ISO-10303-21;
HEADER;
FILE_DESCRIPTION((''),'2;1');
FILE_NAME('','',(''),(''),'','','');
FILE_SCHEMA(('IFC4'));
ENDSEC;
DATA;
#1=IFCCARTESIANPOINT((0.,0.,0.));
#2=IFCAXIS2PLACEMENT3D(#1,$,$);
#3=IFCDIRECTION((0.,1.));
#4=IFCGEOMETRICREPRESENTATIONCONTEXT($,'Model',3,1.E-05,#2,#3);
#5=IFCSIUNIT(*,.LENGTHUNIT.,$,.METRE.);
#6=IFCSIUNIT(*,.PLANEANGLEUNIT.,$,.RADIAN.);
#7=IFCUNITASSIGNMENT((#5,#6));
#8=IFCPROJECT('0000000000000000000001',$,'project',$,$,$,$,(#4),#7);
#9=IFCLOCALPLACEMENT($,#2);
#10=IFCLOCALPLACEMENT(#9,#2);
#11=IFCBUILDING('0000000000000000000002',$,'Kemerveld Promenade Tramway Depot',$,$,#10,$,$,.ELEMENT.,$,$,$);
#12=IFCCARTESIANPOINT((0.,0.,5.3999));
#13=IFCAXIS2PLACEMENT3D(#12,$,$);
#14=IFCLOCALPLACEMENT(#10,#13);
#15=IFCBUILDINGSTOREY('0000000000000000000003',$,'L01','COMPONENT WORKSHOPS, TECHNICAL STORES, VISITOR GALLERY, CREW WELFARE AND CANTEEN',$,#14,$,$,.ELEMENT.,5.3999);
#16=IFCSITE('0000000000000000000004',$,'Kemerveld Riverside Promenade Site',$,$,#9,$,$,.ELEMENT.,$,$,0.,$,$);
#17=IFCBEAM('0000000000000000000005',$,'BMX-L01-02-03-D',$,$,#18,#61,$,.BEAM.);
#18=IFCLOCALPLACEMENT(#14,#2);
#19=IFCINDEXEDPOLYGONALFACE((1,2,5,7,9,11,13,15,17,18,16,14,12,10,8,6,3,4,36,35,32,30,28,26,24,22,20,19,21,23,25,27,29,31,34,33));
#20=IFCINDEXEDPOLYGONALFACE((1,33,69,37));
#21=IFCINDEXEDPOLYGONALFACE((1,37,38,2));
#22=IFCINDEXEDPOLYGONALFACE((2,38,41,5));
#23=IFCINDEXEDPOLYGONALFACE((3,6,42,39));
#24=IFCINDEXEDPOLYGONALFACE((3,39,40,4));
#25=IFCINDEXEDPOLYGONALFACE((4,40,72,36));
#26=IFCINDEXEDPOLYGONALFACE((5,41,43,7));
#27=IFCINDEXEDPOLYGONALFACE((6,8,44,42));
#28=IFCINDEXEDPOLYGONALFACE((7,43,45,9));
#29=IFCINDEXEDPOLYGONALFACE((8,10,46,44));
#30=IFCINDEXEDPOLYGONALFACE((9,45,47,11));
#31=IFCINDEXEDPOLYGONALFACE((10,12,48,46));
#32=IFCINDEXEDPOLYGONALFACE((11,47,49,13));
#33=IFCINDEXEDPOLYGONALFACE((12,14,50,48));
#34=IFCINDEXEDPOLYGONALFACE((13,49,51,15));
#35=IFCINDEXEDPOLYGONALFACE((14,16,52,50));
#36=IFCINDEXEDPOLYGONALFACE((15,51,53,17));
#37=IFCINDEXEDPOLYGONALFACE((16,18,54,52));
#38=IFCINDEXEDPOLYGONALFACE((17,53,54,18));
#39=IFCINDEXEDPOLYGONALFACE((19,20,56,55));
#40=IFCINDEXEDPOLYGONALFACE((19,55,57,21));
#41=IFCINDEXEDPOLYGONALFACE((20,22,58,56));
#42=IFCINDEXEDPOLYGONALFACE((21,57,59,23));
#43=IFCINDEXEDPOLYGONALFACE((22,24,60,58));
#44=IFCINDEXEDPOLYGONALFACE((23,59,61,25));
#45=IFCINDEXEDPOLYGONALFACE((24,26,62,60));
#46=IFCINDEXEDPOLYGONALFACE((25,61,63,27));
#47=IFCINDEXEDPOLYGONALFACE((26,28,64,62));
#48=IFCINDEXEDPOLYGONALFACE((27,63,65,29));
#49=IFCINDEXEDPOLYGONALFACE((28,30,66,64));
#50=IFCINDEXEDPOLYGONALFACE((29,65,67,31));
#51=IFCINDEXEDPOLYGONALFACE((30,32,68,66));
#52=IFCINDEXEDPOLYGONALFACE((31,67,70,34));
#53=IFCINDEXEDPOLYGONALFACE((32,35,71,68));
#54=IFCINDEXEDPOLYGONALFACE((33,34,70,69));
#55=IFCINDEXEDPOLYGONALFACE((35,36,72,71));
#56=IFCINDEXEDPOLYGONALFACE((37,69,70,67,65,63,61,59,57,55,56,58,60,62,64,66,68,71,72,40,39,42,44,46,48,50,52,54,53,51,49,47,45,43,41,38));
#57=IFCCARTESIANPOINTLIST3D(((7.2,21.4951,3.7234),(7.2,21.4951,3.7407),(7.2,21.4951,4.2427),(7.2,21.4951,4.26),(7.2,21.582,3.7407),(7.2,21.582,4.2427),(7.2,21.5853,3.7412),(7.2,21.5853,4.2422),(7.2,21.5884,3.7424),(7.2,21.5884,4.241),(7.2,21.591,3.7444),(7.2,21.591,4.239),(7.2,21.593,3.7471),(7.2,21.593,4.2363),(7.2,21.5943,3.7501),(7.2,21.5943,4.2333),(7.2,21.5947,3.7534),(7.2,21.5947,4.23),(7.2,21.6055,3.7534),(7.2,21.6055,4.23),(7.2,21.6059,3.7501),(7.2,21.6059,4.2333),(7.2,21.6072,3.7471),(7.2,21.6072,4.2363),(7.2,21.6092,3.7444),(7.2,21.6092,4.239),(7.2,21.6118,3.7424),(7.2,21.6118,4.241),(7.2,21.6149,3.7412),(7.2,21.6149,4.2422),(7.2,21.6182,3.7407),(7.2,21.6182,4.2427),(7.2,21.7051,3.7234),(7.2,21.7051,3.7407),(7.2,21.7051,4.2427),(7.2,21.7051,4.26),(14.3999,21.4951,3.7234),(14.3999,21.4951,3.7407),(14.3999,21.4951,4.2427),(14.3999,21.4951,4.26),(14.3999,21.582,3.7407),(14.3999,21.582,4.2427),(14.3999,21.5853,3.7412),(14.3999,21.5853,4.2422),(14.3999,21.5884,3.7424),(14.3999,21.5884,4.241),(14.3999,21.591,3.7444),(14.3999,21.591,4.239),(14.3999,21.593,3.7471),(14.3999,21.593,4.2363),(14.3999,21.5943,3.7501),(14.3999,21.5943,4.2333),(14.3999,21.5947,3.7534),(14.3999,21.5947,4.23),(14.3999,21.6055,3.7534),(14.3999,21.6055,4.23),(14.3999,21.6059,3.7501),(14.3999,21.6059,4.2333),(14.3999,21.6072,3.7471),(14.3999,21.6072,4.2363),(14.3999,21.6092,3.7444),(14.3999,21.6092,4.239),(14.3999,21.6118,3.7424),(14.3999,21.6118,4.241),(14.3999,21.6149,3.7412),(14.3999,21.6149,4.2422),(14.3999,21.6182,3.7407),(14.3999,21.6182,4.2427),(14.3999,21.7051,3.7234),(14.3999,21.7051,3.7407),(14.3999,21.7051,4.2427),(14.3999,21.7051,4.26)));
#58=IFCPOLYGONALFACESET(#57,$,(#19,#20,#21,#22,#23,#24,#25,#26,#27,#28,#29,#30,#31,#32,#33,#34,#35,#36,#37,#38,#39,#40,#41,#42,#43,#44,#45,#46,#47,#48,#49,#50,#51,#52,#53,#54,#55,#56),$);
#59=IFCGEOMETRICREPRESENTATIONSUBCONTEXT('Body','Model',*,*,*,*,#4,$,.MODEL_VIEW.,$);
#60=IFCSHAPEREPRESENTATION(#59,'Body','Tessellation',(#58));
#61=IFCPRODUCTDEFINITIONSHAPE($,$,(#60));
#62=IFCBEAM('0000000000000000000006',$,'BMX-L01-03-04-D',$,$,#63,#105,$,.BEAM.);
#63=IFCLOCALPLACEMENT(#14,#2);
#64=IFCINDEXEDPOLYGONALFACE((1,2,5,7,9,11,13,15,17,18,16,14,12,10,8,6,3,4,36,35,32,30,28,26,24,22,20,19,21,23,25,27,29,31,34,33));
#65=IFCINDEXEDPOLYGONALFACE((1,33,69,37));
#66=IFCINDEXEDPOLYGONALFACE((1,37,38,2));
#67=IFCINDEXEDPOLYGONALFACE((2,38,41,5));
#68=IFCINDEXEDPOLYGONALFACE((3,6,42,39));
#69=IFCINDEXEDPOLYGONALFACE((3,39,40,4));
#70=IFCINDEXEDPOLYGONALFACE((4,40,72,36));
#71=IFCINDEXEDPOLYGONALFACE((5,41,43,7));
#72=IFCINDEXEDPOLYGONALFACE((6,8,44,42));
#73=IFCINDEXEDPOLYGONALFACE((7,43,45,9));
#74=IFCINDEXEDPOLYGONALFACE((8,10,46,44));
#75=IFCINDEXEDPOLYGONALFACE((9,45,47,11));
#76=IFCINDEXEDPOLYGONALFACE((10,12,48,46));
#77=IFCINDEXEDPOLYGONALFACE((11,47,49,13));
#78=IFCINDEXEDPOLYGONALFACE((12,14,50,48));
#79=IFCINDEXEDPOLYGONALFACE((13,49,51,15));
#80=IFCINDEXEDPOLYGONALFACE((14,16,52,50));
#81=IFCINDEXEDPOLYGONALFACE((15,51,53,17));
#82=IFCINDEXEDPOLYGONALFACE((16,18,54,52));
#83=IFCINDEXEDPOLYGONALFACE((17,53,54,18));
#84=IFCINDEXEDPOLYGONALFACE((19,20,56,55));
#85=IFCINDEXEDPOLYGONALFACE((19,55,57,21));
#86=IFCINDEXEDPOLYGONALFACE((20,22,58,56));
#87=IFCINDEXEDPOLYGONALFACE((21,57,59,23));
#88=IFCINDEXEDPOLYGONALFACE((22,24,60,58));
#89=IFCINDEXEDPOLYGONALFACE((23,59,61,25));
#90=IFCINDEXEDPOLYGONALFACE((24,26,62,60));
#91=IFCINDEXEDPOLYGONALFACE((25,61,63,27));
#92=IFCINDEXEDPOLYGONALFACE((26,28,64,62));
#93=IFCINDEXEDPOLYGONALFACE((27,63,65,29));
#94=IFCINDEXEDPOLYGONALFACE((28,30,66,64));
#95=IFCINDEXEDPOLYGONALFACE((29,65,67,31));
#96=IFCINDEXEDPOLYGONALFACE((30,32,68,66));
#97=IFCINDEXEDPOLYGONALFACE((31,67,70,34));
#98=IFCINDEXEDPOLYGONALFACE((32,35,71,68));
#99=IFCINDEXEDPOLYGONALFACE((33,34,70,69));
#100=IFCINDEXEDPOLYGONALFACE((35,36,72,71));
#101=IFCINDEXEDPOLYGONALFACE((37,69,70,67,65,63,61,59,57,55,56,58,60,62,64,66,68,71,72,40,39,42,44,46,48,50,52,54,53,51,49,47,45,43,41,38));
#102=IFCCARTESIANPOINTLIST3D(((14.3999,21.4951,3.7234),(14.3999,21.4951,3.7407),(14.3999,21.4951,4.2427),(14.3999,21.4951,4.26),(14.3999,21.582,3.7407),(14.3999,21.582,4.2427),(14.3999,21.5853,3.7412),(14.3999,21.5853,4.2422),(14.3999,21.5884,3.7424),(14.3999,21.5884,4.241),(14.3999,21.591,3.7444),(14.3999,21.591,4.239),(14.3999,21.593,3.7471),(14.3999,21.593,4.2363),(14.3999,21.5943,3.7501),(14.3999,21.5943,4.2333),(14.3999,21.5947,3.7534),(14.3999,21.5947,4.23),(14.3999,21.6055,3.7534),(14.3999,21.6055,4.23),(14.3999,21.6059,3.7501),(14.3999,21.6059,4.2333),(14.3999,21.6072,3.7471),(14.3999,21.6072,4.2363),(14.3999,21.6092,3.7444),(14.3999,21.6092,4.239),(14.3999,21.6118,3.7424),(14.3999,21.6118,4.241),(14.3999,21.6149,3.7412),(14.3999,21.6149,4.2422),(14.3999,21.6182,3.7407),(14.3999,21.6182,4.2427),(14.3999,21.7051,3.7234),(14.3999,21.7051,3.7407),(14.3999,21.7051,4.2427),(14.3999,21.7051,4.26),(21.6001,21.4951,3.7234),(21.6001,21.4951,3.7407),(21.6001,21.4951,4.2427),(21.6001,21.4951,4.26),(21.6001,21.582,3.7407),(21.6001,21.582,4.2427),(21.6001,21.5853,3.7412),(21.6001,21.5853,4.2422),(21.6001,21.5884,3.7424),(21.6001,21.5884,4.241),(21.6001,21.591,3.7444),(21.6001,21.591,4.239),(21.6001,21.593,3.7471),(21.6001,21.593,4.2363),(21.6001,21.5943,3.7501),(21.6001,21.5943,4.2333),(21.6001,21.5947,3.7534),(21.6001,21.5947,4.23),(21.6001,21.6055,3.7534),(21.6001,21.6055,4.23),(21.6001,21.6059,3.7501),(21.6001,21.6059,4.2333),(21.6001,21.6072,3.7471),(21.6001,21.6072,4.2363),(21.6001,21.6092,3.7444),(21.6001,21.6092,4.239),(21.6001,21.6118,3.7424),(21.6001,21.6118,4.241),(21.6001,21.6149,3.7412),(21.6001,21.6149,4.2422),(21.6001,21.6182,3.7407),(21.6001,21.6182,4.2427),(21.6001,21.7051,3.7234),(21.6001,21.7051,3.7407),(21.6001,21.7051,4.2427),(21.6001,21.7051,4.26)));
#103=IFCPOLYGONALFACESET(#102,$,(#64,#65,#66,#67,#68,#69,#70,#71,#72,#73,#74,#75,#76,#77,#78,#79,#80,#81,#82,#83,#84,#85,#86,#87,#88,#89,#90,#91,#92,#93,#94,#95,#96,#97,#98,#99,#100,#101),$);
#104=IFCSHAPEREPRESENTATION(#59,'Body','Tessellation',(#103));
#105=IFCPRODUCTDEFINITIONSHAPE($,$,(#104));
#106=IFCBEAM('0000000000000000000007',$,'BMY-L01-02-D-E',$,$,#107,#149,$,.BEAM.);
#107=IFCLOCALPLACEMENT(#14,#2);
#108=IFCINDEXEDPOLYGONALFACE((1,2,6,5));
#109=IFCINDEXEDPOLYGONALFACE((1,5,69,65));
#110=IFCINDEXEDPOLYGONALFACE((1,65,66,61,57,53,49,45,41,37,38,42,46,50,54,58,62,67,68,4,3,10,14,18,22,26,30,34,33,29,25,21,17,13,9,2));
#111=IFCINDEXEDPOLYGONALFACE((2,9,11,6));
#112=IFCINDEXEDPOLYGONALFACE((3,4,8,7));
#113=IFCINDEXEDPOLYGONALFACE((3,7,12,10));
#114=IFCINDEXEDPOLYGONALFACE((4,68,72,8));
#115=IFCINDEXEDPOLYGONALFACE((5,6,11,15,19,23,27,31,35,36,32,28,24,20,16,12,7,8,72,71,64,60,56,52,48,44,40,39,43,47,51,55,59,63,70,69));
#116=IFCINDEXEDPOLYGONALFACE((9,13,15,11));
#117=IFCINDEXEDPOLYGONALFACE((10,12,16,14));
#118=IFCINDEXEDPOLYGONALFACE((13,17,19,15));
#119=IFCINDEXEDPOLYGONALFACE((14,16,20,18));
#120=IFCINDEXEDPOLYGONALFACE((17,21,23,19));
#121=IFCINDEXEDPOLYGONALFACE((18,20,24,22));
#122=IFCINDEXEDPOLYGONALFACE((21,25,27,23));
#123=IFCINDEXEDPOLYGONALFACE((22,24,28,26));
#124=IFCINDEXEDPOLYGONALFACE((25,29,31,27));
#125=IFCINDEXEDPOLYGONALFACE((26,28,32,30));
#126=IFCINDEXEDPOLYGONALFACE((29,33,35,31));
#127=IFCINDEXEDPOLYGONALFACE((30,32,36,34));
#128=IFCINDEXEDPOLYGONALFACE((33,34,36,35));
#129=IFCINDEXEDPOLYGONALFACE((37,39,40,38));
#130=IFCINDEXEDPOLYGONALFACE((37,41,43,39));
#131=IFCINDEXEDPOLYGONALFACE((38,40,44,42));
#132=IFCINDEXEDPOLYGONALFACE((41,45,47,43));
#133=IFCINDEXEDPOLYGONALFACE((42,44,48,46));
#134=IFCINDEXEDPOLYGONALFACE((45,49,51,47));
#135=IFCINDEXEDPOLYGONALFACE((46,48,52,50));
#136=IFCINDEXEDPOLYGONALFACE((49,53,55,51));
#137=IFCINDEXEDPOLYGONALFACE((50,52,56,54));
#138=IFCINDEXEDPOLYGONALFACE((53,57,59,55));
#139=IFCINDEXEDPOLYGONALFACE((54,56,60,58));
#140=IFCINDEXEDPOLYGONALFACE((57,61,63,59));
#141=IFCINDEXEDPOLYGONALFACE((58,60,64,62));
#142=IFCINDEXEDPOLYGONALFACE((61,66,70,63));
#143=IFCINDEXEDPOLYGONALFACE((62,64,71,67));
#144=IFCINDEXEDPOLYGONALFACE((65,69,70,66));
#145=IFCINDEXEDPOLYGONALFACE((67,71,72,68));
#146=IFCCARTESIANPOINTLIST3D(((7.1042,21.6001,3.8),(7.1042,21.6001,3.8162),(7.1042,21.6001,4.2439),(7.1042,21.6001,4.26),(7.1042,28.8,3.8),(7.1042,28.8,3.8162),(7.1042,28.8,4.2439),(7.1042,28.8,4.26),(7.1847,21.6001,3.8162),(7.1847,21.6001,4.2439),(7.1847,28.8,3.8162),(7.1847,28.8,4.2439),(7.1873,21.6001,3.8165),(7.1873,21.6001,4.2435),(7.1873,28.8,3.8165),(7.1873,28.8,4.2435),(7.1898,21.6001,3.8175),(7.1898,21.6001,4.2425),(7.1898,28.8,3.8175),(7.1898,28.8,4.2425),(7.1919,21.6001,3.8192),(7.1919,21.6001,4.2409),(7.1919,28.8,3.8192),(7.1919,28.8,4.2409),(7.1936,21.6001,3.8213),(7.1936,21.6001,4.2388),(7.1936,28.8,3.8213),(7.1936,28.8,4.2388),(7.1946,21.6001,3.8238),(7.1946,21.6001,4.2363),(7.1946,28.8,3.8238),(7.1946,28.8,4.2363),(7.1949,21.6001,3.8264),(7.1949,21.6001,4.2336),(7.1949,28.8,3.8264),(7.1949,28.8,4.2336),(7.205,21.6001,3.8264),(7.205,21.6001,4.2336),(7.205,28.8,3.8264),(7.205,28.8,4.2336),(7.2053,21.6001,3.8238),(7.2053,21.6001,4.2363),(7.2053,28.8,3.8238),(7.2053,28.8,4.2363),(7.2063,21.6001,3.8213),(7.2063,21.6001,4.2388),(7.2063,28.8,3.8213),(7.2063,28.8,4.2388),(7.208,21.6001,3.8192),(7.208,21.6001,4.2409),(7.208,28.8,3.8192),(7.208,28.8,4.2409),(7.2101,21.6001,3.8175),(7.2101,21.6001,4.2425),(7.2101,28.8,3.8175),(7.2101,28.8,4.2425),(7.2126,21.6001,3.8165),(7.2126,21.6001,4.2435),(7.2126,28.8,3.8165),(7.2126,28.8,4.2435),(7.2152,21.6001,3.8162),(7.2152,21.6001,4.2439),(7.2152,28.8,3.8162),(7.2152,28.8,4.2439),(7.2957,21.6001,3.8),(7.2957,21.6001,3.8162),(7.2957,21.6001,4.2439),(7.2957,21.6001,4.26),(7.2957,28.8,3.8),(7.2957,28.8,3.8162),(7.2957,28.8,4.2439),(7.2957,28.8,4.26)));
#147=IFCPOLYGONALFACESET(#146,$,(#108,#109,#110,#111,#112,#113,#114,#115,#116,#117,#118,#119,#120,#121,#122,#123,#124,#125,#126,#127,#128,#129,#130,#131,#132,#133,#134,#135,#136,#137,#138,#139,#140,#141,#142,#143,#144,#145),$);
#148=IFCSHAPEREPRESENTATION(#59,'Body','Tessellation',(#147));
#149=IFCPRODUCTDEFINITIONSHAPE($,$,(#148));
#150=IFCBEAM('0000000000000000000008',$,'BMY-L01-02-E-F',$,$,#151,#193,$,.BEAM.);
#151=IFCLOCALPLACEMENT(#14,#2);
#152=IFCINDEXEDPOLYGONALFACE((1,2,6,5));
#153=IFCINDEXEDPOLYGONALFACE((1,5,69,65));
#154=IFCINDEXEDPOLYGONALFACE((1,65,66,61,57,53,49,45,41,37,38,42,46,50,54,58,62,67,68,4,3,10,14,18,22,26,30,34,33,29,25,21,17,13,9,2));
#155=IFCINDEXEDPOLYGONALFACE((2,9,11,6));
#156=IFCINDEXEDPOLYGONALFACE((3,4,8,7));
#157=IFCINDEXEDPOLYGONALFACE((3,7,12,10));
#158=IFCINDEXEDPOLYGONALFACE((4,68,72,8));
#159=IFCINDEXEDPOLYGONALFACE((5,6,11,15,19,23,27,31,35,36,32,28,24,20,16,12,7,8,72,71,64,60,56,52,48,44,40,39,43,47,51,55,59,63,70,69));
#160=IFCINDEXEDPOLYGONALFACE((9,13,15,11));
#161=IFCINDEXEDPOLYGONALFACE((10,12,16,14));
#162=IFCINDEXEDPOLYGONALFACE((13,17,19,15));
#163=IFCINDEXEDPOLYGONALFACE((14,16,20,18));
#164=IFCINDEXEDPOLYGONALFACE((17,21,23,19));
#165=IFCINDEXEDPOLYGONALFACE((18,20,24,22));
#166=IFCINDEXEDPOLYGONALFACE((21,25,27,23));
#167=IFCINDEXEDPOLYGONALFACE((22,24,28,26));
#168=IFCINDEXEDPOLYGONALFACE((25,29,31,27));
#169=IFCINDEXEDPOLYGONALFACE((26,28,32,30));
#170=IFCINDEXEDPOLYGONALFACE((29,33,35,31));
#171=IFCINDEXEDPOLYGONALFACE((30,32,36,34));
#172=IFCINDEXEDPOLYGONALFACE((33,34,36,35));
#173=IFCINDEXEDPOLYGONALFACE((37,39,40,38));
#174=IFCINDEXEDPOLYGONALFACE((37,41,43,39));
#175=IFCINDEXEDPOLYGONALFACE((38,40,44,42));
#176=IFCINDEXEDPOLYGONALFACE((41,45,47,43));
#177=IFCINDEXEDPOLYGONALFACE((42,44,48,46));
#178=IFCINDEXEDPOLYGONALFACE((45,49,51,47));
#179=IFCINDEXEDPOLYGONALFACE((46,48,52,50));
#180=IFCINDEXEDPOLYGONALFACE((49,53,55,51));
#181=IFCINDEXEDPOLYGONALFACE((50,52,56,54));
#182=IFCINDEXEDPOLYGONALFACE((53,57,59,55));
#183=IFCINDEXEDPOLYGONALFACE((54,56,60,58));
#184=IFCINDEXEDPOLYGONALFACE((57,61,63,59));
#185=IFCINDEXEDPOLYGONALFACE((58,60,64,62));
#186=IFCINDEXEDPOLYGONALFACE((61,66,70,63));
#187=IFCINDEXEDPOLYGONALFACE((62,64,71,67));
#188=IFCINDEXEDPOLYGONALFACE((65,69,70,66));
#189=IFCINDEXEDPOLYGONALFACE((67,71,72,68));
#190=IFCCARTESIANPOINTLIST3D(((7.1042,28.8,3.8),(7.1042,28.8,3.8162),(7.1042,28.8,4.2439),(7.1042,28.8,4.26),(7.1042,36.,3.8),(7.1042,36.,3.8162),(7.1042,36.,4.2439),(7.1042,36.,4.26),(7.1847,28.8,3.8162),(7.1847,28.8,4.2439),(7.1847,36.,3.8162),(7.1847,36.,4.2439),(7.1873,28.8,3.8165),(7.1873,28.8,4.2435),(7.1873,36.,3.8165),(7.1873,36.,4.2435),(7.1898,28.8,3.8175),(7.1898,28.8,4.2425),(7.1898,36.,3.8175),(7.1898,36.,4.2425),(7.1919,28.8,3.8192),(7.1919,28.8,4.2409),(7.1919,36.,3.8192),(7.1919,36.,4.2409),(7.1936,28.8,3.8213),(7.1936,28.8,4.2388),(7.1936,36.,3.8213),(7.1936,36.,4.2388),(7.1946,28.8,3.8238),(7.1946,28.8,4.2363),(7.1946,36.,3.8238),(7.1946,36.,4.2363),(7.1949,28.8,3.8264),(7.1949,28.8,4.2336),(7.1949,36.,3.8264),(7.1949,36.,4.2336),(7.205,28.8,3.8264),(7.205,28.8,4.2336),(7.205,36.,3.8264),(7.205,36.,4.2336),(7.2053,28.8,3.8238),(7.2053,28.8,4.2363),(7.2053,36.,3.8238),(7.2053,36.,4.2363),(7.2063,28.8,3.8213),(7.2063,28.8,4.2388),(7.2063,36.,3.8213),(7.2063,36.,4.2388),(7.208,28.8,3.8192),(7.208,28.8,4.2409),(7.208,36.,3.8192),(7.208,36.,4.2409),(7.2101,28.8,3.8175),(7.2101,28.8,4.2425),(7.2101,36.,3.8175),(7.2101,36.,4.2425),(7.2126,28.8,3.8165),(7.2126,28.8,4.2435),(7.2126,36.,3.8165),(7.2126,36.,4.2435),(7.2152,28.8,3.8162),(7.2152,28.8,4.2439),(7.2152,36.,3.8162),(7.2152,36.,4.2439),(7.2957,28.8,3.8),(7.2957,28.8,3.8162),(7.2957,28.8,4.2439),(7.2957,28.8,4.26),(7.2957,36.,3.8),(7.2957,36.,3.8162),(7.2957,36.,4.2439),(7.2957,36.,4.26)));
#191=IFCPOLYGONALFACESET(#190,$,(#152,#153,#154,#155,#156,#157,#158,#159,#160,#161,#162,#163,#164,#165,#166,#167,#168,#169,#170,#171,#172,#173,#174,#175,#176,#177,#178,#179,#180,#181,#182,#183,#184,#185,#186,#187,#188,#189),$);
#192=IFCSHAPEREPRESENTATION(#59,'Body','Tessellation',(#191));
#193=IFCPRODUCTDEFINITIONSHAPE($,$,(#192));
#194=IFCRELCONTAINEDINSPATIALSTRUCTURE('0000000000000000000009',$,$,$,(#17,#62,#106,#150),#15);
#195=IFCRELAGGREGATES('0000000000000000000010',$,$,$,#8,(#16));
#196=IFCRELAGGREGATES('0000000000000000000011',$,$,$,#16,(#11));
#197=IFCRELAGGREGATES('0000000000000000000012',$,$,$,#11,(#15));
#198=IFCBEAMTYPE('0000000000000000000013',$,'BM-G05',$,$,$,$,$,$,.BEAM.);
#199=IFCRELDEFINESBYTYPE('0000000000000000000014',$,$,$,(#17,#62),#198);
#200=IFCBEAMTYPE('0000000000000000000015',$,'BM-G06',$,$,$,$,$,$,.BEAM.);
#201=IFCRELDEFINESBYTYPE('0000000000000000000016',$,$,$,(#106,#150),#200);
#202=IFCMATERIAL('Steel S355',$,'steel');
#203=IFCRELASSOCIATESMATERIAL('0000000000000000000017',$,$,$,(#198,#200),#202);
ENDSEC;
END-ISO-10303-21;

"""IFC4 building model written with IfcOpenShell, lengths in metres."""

from ifc_helpers import new_model, si_unit, direction, frame, origin, origin_2d, place, context, subcontext, project, spatial, i_section, extrude, material, material_profile, profile_set, type_object, element, save


model = new_model("IFC4")

# Units and contexts
model_context = context("Model", 3, precision=1e-05, world=origin(), true_north=direction((0.0, 1.0)))
body_context = subcontext(model_context, "Body", "Model", "MODEL_VIEW")
ifc_project = project(units=[si_unit("LENGTHUNIT", "METRE"), si_unit("PLANEANGLEUNIT", "RADIAN")], contexts=[model_context])

# Site, building, storey
site_placement = place(None, origin())
site = spatial("IfcSite", under=ifc_project, at=site_placement, Name="Kemerveld Riverside Promenade Site", CompositionType="ELEMENT", RefElevation=0.0)
building_placement = place(site_placement, origin())
building = spatial("IfcBuilding", under=site, at=building_placement, Name="Kemerveld Promenade Tramway Depot", CompositionType="ELEMENT")
storey_placement = place(building_placement, frame((0.0, 0.0, 5.3999)))
storey = spatial("IfcBuildingStorey", under=building, at=storey_placement, Name="L01", Description="COMPONENT WORKSHOPS, TECHNICAL STORES, VISITOR GALLERY, CREW WELFARE AND CANTEEN", CompositionType="ELEMENT", Elevation=5.3999)

# Shared definitions
ifc_material_1 = material(Name="Steel S355", Category="steel")

# Beams
ifc_material_profile_1 = material_profile(ifc_material_1, i_section(OverallWidth=0.21, OverallDepth=0.5366, WebThickness=0.0107, FlangeThickness=0.0173, FilletRadius=0.0127, at=origin_2d()), Name="533x210x101 UB")
ifc_profile_set_1 = profile_set([ifc_material_profile_1], Name="Steel S355")
beam_type_1 = type_object("IfcBeamType", Name="BM-G05", PredefinedType="BEAM", material=ifc_profile_set_1)
beam_1_placement = place(storey_placement, frame((7.2, 21.6001, 3.9917), z_axis=(1.0, 0.0, 0.0), x_axis=(0.0, 1.0, 0.0)))
element("IfcBeam", 1, at=beam_1_placement, inside=storey, type_object=beam_type_1, Name="BMX-L01-02-03-D", PredefinedType="BEAM", context=body_context, shape_type="SweptSolid", body=[
    extrude(i_section(OverallWidth=0.21, OverallDepth=0.5366, WebThickness=0.0107, FlangeThickness=0.0173, FilletRadius=0.0127, at=origin_2d()), origin(), (0.0, 0.0, 1.0), 7.2),
])
beam_2_placement = place(storey_placement, frame((14.3999, 21.6001, 3.9917), z_axis=(1.0, 0.0, 0.0), x_axis=(0.0, 1.0, 0.0)))
element("IfcBeam", 2, at=beam_2_placement, inside=storey, type_object=beam_type_1, Name="BMX-L01-03-04-D", PredefinedType="BEAM", context=body_context, shape_type="SweptSolid", body=[
    extrude(i_section(OverallWidth=0.21, OverallDepth=0.5366, WebThickness=0.0107, FlangeThickness=0.0173, FilletRadius=0.0127, at=origin_2d()), origin(), (0.0, 0.0, 1.0), 7.2002),
])
ifc_material_profile_2 = material_profile(ifc_material_1, i_section(OverallWidth=0.1914, OverallDepth=0.46, WebThickness=0.01, FlangeThickness=0.0161, FilletRadius=0.0103, at=origin_2d()), Name="457x191x82 UB")
ifc_profile_set_2 = profile_set([ifc_material_profile_2], Name="Steel S355")
beam_type_2 = type_object("IfcBeamType", Name="BM-G06", PredefinedType="BEAM", material=ifc_profile_set_2)
for number, where, z_axis, x_axis, name in (
    (3, (7.2, 21.6001, 4.03), (0.0, 1.0, 0.0), (-1.0, 0.0, 0.0), "BMY-L01-02-D-E"),
    (4, (7.2, 28.8, 4.03), (0.0, 1.0, 0.0), (-1.0, 0.0, 0.0), "BMY-L01-02-E-F"),
):
    element("IfcBeam", number, at=place(storey_placement, frame(where, z_axis=z_axis, x_axis=x_axis)), inside=storey, type_object=beam_type_2, Name=name, PredefinedType="BEAM", context=body_context, shape_type="SweptSolid", body=[
        extrude(i_section(OverallWidth=0.1914, OverallDepth=0.46, WebThickness=0.01, FlangeThickness=0.0161, FilletRadius=0.0103, at=origin_2d()), origin(), (0.0, 0.0, 1.0), 7.2),
    ])

save(model, "model.ifc")
